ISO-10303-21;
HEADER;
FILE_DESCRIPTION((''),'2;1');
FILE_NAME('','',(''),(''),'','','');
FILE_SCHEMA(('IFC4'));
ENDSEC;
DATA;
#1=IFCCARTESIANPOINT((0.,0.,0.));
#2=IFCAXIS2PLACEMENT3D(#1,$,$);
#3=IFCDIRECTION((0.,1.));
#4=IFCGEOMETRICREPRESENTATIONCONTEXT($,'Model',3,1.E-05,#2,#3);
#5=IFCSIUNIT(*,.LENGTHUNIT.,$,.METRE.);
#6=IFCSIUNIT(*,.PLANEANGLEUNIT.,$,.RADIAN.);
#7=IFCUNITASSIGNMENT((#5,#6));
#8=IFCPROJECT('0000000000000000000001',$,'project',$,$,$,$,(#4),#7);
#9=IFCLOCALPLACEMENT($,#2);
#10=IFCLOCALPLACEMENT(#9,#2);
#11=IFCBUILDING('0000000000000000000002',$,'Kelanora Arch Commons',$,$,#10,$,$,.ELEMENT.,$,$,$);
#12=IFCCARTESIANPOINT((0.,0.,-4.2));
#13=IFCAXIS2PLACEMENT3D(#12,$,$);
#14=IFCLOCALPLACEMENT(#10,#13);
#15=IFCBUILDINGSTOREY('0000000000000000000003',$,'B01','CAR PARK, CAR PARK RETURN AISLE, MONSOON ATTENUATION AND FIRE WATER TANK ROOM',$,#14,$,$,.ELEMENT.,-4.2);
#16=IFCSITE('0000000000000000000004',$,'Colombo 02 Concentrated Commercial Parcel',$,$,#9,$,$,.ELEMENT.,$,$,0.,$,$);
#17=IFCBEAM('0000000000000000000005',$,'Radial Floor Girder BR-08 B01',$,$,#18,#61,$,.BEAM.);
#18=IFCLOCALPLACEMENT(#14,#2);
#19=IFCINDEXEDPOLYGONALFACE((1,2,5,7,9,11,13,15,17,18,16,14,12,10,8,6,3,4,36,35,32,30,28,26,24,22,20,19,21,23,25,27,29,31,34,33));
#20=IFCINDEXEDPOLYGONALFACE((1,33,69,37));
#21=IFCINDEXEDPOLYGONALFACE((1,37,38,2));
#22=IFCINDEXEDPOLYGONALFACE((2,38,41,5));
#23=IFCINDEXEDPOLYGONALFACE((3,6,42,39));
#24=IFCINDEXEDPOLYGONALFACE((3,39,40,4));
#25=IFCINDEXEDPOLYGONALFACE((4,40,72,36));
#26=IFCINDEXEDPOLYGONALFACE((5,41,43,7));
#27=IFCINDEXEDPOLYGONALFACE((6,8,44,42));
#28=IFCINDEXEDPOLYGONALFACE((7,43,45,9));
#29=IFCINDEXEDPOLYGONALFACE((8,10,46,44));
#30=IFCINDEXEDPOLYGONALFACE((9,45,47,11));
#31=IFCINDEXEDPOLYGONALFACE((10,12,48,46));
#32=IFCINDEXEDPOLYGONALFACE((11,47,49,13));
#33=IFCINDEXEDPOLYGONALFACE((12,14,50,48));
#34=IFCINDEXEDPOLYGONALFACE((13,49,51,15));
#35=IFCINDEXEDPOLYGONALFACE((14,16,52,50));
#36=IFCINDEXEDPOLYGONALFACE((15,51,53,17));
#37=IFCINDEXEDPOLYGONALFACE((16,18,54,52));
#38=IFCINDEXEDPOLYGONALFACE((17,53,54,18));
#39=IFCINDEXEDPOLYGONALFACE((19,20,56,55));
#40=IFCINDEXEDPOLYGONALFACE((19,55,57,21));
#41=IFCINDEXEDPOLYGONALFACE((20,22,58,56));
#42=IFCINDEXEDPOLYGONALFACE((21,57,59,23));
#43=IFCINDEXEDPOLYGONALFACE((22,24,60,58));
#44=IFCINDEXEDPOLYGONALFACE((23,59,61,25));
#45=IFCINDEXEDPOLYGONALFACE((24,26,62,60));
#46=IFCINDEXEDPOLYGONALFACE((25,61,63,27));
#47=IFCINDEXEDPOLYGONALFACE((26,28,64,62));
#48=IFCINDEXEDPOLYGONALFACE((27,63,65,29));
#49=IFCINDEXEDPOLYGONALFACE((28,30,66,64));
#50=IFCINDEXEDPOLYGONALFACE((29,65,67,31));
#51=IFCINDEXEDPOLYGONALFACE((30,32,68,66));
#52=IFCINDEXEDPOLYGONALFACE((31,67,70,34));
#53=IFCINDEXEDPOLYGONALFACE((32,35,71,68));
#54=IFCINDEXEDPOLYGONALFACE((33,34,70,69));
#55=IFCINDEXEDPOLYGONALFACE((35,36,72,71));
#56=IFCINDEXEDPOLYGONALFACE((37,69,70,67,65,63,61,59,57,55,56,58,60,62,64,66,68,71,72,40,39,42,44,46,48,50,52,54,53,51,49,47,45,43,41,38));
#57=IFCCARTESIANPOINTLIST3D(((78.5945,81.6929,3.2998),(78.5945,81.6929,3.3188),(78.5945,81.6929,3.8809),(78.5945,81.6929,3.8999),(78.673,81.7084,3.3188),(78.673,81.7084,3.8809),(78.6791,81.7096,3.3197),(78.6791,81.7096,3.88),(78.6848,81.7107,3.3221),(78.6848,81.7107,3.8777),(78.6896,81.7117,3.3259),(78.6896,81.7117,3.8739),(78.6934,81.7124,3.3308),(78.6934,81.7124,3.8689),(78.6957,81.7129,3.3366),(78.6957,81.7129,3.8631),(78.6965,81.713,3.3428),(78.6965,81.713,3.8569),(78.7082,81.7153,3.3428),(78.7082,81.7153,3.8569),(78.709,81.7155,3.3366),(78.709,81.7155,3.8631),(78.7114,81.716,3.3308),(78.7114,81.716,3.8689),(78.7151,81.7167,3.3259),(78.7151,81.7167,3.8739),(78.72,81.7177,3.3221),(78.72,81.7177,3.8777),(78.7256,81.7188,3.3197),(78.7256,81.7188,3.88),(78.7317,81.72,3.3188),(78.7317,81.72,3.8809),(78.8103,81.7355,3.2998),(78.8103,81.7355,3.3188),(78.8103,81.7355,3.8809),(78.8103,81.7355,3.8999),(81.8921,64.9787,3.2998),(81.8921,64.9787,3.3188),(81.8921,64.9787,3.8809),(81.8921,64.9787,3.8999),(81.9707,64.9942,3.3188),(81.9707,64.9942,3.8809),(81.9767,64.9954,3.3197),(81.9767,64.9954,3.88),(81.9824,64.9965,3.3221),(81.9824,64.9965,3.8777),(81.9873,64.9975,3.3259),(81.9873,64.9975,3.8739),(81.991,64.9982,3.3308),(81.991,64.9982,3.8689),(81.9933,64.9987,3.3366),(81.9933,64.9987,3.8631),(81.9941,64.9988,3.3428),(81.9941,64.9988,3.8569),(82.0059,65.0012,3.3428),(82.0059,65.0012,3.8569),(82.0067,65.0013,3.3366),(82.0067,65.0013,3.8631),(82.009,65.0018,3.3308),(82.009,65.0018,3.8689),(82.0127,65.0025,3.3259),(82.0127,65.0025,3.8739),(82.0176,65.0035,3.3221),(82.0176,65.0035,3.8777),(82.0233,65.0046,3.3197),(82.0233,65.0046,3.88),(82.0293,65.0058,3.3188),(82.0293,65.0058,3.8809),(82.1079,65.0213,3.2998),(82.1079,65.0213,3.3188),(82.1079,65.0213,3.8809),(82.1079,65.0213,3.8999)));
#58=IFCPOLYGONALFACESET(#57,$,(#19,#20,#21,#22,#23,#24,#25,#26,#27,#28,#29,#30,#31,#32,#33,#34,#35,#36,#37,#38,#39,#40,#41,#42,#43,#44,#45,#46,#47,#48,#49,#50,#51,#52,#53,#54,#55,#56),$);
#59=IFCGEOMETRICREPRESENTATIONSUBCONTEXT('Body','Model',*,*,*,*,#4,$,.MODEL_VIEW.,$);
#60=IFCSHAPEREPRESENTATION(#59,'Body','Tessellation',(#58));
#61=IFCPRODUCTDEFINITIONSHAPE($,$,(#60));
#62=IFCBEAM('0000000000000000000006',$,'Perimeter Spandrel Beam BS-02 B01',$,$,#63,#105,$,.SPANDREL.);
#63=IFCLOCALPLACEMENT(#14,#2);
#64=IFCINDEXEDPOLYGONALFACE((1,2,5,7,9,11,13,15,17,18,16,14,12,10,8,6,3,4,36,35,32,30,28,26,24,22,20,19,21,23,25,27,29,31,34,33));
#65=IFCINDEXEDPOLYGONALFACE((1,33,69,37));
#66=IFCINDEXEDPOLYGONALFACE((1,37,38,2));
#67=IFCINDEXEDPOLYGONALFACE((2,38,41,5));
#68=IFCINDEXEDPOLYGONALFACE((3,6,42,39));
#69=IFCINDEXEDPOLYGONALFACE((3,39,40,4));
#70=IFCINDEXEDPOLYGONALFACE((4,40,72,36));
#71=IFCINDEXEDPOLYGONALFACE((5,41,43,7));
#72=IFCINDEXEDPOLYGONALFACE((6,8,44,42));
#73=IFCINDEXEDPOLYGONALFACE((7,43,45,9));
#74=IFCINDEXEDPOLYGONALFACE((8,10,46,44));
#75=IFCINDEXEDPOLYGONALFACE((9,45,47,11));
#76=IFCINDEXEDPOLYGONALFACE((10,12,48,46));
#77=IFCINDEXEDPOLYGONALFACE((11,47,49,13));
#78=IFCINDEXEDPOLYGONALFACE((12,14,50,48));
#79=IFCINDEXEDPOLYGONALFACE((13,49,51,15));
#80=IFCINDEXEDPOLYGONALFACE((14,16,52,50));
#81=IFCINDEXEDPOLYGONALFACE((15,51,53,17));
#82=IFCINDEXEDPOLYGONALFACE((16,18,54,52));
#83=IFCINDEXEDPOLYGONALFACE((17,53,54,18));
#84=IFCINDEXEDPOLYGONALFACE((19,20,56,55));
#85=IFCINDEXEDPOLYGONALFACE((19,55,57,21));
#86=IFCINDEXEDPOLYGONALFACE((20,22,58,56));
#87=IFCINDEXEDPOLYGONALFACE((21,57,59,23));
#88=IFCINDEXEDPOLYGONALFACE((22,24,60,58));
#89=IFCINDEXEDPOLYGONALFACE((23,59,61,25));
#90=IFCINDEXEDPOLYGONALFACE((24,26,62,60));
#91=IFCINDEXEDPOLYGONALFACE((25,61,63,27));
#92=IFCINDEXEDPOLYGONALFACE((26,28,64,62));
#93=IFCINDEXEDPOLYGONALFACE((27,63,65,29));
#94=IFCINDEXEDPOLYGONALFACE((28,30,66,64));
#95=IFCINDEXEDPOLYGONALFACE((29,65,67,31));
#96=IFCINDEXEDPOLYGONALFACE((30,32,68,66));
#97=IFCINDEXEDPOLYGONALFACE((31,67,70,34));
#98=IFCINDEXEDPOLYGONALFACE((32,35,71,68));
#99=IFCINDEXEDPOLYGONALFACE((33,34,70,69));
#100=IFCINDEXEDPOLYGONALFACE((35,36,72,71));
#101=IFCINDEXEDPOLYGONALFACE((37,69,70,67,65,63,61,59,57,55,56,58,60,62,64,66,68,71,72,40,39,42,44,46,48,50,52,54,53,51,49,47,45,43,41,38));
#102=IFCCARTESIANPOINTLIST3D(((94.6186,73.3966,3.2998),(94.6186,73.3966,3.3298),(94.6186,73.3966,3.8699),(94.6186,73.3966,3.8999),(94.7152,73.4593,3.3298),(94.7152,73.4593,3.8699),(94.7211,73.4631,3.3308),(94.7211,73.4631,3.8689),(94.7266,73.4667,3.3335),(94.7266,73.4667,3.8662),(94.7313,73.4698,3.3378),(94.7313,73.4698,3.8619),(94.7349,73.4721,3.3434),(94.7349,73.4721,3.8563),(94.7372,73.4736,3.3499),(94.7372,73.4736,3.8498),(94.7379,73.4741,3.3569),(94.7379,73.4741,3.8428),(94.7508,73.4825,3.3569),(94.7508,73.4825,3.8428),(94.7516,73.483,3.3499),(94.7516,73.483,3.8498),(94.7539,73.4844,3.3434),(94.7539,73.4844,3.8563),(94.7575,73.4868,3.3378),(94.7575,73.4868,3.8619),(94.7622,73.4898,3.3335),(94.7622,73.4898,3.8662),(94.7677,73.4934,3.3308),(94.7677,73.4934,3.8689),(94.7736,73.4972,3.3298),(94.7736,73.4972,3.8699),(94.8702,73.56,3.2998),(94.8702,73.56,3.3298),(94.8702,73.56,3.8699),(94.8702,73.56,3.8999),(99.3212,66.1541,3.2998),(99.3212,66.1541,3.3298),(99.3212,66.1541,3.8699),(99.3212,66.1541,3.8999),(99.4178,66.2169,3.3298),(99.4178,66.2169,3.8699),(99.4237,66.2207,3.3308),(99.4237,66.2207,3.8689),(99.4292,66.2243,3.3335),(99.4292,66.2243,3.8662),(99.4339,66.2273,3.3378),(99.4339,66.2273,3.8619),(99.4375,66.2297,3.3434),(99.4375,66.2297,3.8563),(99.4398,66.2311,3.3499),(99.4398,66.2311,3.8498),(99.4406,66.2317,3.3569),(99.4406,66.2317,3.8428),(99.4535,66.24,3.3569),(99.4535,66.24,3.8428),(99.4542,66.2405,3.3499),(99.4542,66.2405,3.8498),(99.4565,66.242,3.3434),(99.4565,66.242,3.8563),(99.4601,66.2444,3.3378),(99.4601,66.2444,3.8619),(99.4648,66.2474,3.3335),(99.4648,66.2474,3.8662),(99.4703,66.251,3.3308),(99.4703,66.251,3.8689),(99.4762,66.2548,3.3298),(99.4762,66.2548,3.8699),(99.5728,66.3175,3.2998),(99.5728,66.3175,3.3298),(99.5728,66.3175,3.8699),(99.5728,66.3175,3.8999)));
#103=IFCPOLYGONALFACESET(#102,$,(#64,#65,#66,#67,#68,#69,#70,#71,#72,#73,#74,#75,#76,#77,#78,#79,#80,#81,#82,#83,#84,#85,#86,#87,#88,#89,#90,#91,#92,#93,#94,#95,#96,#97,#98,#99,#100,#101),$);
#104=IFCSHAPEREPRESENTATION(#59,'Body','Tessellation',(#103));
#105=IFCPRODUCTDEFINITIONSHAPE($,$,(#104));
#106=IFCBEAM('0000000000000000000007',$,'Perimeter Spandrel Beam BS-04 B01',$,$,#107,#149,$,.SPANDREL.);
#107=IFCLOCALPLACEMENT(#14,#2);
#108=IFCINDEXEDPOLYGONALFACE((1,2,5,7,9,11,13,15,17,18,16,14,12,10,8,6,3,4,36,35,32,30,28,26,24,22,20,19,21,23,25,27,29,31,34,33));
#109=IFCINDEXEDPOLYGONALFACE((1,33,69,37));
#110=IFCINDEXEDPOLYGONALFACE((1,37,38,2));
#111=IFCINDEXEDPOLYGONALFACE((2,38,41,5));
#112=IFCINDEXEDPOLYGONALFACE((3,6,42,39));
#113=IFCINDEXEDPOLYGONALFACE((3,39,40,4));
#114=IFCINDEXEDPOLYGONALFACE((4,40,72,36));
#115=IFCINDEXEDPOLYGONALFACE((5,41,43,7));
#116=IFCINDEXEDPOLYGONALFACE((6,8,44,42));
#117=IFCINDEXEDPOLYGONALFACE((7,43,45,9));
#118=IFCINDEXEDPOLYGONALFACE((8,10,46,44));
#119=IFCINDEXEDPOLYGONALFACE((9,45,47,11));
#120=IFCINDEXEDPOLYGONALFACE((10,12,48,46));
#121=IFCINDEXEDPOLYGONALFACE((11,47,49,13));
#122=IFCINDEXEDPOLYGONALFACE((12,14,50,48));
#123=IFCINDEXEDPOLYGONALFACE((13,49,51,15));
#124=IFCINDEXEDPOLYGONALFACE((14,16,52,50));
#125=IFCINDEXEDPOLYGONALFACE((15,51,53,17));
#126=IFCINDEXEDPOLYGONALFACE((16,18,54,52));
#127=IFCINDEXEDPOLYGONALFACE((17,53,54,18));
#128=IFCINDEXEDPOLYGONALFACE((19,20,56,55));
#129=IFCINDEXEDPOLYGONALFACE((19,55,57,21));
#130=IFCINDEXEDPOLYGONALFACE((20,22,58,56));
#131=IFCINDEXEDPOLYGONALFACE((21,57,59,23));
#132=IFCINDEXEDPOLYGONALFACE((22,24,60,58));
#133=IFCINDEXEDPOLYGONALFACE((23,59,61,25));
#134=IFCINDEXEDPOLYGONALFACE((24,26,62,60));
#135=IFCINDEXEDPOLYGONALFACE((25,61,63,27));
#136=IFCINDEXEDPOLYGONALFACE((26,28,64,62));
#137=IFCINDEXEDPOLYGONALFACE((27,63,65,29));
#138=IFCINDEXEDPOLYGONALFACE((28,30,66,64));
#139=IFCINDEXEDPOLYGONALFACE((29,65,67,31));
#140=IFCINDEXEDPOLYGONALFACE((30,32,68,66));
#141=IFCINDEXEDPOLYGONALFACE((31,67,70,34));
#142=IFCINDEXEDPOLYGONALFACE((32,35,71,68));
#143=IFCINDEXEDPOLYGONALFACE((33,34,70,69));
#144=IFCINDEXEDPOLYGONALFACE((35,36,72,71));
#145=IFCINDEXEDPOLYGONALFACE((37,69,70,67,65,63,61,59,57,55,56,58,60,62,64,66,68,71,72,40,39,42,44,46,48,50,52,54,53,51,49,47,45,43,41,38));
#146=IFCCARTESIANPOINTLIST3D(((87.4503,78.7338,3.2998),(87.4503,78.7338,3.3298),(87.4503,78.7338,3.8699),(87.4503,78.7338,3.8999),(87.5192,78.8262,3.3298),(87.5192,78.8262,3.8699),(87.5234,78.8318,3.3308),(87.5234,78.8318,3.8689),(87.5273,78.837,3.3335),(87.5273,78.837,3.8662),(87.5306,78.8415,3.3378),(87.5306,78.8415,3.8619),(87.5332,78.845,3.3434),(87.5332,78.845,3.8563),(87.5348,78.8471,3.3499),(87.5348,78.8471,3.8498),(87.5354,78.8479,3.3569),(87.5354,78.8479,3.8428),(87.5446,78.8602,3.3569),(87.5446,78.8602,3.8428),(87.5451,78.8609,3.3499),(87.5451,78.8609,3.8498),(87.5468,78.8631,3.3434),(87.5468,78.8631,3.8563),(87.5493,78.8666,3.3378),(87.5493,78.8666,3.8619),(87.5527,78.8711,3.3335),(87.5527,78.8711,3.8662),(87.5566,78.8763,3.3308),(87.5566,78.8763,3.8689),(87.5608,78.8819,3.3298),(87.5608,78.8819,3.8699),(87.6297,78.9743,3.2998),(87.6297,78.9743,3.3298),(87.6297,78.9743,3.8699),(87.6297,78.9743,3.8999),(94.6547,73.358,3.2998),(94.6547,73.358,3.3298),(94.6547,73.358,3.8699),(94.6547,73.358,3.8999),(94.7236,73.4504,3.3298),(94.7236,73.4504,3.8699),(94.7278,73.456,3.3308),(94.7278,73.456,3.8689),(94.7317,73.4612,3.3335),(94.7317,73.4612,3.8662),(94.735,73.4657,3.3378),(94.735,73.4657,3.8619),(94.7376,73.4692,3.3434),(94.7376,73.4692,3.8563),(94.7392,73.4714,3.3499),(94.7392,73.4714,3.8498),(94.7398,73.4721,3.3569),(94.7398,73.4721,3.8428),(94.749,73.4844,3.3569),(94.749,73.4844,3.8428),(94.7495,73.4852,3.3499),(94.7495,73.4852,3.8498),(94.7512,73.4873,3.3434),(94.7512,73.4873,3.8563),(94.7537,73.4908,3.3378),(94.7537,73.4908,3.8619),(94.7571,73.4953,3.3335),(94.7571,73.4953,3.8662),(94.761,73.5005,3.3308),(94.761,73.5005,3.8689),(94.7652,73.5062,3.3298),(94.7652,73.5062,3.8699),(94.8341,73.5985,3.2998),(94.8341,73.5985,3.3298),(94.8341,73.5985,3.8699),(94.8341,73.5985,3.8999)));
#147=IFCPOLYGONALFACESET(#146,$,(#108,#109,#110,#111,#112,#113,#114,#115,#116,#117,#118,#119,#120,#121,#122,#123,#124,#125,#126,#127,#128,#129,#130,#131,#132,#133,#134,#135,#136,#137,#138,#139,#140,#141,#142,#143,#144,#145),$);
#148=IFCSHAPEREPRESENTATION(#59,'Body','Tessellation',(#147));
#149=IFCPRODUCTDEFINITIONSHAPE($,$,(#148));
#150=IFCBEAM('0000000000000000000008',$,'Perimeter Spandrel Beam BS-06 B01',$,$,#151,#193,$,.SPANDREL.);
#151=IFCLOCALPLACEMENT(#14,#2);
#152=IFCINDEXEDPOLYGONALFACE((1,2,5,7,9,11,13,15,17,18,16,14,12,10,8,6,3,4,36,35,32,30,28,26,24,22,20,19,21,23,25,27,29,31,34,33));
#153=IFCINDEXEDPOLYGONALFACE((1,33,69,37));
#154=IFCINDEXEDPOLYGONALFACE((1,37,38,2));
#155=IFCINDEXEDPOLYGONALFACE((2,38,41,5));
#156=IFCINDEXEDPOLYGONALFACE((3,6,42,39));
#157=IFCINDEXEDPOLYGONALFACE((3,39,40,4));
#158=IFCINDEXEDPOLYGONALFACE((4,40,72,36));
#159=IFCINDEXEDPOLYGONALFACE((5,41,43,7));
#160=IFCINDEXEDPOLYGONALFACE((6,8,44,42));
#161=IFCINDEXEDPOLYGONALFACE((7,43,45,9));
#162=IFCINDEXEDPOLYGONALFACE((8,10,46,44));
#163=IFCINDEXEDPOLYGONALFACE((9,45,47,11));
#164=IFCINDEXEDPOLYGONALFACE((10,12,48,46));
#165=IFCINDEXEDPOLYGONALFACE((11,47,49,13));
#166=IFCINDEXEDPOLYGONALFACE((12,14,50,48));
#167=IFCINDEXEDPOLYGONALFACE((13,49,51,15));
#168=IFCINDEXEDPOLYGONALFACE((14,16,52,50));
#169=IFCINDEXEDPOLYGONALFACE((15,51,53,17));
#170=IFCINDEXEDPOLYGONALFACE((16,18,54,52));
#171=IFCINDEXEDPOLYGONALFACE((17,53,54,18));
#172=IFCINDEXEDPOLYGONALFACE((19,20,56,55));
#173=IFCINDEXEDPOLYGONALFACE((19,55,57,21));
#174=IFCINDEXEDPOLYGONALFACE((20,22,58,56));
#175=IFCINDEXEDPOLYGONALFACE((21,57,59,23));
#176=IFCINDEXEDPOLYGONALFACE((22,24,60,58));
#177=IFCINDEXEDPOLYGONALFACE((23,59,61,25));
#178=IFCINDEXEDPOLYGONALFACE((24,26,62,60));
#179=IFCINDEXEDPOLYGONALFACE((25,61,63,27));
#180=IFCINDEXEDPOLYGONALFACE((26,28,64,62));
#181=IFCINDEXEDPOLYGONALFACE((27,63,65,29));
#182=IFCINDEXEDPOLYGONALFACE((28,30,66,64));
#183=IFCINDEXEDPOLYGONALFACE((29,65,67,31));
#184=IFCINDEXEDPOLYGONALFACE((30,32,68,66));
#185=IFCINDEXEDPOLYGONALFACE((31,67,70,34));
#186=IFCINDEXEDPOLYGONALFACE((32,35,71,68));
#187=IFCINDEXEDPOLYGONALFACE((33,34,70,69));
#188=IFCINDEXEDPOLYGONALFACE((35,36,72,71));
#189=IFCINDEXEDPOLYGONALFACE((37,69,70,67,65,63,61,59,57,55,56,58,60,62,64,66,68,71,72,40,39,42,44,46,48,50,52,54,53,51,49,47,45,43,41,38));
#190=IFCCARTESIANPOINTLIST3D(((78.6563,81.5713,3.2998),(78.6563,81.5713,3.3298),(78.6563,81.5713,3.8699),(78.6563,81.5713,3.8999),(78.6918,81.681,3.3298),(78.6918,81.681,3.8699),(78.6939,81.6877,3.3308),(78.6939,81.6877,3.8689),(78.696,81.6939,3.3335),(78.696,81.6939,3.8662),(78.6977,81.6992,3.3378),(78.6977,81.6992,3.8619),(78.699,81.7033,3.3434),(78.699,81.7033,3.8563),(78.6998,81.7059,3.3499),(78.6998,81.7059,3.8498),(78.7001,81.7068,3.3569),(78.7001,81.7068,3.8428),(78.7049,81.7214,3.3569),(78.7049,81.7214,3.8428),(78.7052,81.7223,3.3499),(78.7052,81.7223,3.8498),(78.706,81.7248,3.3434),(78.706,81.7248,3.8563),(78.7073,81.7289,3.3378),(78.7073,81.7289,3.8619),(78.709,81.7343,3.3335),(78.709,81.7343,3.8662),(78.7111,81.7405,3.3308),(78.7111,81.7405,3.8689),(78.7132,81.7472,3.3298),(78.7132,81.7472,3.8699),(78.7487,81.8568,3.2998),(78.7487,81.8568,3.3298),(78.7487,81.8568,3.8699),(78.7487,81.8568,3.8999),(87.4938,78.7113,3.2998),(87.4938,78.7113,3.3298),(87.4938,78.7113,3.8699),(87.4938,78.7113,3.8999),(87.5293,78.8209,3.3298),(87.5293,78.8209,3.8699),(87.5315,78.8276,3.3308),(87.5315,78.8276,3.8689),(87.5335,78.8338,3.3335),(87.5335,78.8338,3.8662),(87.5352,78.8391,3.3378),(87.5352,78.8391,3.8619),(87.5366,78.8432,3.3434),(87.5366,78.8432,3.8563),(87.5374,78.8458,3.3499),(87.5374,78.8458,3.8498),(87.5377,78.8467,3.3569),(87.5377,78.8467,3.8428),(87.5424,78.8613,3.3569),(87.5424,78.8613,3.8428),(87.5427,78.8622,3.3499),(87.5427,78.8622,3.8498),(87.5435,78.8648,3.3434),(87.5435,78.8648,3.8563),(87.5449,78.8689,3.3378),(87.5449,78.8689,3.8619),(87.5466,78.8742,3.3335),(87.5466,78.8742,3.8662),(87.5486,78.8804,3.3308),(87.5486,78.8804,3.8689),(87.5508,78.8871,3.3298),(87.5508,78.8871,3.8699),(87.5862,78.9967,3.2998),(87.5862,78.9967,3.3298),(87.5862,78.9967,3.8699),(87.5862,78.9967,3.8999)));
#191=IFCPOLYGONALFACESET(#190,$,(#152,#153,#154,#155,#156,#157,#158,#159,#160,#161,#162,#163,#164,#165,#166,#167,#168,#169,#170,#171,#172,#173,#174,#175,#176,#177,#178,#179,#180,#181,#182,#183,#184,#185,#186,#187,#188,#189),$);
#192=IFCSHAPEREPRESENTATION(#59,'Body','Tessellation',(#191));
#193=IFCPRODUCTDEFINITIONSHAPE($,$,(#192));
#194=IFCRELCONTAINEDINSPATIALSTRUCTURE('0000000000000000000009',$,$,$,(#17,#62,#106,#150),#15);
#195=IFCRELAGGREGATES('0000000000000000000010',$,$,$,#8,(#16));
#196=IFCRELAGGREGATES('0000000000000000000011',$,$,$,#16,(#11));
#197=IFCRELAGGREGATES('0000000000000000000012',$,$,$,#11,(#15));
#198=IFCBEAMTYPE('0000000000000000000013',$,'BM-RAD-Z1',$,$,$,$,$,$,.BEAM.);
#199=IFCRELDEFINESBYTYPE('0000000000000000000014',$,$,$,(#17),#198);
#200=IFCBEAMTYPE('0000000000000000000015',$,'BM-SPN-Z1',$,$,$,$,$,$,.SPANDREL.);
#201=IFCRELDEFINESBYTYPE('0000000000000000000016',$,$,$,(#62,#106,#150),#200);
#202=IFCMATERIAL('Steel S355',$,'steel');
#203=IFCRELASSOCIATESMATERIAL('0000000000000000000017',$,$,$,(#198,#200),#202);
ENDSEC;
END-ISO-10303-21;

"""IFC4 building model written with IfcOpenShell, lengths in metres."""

from ifc_helpers import new_model, si_unit, direction, frame, origin, origin_2d, place, context, subcontext, project, spatial, i_section, extrude, material, material_profile, profile_set, type_object, element, save


model = new_model("IFC4")

# Units and contexts
model_context = context("Model", 3, precision=1e-05, world=origin(), true_north=direction((0.0, 1.0)))
body_context = subcontext(model_context, "Body", "Model", "MODEL_VIEW")
ifc_project = project(units=[si_unit("LENGTHUNIT", "METRE"), si_unit("PLANEANGLEUNIT", "RADIAN")], contexts=[model_context])

# Site, building, storey
site_placement = place(None, origin())
site = spatial("IfcSite", under=ifc_project, at=site_placement, Name="Colombo 02 Concentrated Commercial Parcel", CompositionType="ELEMENT", RefElevation=0.0)
building_placement = place(site_placement, origin())
building = spatial("IfcBuilding", under=site, at=building_placement, Name="Kelanora Arch Commons", CompositionType="ELEMENT")
storey_placement = place(building_placement, frame((0.0, 0.0, -4.2)))
storey = spatial("IfcBuildingStorey", under=building, at=storey_placement, Name="B01", Description="CAR PARK, CAR PARK RETURN AISLE, MONSOON ATTENUATION AND FIRE WATER TANK ROOM", CompositionType="ELEMENT", Elevation=-4.2)

# Shared definitions
ifc_material_1 = material(Name="Steel S355", Category="steel")

# Beams
ifc_material_profile_1 = material_profile(ifc_material_1, i_section(OverallWidth=0.22, OverallDepth=0.6001, WebThickness=0.012, FlangeThickness=0.019, FilletRadius=0.0239, at=origin_2d()), Name="IPE600")
ifc_profile_set_1 = profile_set([ifc_material_profile_1], Name="Steel S355")
beam_type_1 = type_object("IfcBeamType", Name="BM-RAD-Z1", PredefinedType="BEAM", material=ifc_profile_set_1)
beam_1_placement = place(storey_placement, frame((82.0, 65.0, 3.5999), z_axis=(-0.193564, 0.981088, 0.0), x_axis=(-0.981088, -0.193564, 0.0)))
element("IfcBeam", 1, at=beam_1_placement, inside=storey, type_object=beam_type_1, Name="Radial Floor Girder BR-08 B01", PredefinedType="BEAM", context=body_context, shape_type="SweptSolid", body=[
    extrude(i_section(OverallWidth=0.22, OverallDepth=0.6001, WebThickness=0.012, FlangeThickness=0.019, FilletRadius=0.0239, at=origin_2d()), origin(), (0.0, 0.0, 1.0), 17.0364),
])
ifc_material_profile_2 = material_profile(ifc_material_1, i_section(OverallWidth=0.3, OverallDepth=0.6001, WebThickness=0.0154, FlangeThickness=0.03, FilletRadius=0.0271, at=origin_2d()), Name="HEB600")
ifc_profile_set_2 = profile_set([ifc_material_profile_2], Name="Steel S355")
beam_type_2 = type_object("IfcBeamType", Name="BM-SPN-Z1", PredefinedType="SPANDREL", material=ifc_profile_set_2)
beam_2_placement = place(storey_placement, frame((99.447, 66.2358, 3.5999), z_axis=(-0.544586, 0.838705, 0.0), x_axis=(-0.838705, -0.544586, 0.0)))
element("IfcBeam", 2, at=beam_2_placement, inside=storey, type_object=beam_type_2, Name="Perimeter Spandrel Beam BS-02 B01", PredefinedType="SPANDREL", context=body_context, shape_type="SweptSolid", body=[
    extrude(i_section(OverallWidth=0.3, OverallDepth=0.6001, WebThickness=0.0154, FlangeThickness=0.03, FilletRadius=0.0271, at=origin_2d()), origin(), (0.0, 0.0, 1.0), 8.6353),
])
beam_3_placement = place(storey_placement, frame((94.7444, 73.4783, 3.5999), z_axis=(-0.801468, 0.598038, 0.0), x_axis=(-0.598038, -0.801468, 0.0)))
element("IfcBeam", 3, at=beam_3_placement, inside=storey, type_object=beam_type_2, Name="Perimeter Spandrel Beam BS-04 B01", PredefinedType="SPANDREL", context=body_context, shape_type="SweptSolid", body=[
    extrude(i_section(OverallWidth=0.3, OverallDepth=0.6001, WebThickness=0.0154, FlangeThickness=0.03, FilletRadius=0.0271, at=origin_2d()), origin(), (0.0, 0.0, 1.0), 8.989),
])
beam_4_placement = place(storey_placement, frame((87.54, 78.854, 3.5999), z_axis=(-0.951417, 0.307905, 0.0), x_axis=(-0.307905, -0.951417, 0.0)))
element("IfcBeam", 4, at=beam_4_placement, inside=storey, type_object=beam_type_2, Name="Perimeter Spandrel Beam BS-06 B01", PredefinedType="SPANDREL", context=body_context, shape_type="SweptSolid", body=[
    extrude(i_section(OverallWidth=0.3, OverallDepth=0.6001, WebThickness=0.0154, FlangeThickness=0.03, FilletRadius=0.0271, at=origin_2d()), origin(), (0.0, 0.0, 1.0), 9.2888),
])

save(model, "model.ifc")
